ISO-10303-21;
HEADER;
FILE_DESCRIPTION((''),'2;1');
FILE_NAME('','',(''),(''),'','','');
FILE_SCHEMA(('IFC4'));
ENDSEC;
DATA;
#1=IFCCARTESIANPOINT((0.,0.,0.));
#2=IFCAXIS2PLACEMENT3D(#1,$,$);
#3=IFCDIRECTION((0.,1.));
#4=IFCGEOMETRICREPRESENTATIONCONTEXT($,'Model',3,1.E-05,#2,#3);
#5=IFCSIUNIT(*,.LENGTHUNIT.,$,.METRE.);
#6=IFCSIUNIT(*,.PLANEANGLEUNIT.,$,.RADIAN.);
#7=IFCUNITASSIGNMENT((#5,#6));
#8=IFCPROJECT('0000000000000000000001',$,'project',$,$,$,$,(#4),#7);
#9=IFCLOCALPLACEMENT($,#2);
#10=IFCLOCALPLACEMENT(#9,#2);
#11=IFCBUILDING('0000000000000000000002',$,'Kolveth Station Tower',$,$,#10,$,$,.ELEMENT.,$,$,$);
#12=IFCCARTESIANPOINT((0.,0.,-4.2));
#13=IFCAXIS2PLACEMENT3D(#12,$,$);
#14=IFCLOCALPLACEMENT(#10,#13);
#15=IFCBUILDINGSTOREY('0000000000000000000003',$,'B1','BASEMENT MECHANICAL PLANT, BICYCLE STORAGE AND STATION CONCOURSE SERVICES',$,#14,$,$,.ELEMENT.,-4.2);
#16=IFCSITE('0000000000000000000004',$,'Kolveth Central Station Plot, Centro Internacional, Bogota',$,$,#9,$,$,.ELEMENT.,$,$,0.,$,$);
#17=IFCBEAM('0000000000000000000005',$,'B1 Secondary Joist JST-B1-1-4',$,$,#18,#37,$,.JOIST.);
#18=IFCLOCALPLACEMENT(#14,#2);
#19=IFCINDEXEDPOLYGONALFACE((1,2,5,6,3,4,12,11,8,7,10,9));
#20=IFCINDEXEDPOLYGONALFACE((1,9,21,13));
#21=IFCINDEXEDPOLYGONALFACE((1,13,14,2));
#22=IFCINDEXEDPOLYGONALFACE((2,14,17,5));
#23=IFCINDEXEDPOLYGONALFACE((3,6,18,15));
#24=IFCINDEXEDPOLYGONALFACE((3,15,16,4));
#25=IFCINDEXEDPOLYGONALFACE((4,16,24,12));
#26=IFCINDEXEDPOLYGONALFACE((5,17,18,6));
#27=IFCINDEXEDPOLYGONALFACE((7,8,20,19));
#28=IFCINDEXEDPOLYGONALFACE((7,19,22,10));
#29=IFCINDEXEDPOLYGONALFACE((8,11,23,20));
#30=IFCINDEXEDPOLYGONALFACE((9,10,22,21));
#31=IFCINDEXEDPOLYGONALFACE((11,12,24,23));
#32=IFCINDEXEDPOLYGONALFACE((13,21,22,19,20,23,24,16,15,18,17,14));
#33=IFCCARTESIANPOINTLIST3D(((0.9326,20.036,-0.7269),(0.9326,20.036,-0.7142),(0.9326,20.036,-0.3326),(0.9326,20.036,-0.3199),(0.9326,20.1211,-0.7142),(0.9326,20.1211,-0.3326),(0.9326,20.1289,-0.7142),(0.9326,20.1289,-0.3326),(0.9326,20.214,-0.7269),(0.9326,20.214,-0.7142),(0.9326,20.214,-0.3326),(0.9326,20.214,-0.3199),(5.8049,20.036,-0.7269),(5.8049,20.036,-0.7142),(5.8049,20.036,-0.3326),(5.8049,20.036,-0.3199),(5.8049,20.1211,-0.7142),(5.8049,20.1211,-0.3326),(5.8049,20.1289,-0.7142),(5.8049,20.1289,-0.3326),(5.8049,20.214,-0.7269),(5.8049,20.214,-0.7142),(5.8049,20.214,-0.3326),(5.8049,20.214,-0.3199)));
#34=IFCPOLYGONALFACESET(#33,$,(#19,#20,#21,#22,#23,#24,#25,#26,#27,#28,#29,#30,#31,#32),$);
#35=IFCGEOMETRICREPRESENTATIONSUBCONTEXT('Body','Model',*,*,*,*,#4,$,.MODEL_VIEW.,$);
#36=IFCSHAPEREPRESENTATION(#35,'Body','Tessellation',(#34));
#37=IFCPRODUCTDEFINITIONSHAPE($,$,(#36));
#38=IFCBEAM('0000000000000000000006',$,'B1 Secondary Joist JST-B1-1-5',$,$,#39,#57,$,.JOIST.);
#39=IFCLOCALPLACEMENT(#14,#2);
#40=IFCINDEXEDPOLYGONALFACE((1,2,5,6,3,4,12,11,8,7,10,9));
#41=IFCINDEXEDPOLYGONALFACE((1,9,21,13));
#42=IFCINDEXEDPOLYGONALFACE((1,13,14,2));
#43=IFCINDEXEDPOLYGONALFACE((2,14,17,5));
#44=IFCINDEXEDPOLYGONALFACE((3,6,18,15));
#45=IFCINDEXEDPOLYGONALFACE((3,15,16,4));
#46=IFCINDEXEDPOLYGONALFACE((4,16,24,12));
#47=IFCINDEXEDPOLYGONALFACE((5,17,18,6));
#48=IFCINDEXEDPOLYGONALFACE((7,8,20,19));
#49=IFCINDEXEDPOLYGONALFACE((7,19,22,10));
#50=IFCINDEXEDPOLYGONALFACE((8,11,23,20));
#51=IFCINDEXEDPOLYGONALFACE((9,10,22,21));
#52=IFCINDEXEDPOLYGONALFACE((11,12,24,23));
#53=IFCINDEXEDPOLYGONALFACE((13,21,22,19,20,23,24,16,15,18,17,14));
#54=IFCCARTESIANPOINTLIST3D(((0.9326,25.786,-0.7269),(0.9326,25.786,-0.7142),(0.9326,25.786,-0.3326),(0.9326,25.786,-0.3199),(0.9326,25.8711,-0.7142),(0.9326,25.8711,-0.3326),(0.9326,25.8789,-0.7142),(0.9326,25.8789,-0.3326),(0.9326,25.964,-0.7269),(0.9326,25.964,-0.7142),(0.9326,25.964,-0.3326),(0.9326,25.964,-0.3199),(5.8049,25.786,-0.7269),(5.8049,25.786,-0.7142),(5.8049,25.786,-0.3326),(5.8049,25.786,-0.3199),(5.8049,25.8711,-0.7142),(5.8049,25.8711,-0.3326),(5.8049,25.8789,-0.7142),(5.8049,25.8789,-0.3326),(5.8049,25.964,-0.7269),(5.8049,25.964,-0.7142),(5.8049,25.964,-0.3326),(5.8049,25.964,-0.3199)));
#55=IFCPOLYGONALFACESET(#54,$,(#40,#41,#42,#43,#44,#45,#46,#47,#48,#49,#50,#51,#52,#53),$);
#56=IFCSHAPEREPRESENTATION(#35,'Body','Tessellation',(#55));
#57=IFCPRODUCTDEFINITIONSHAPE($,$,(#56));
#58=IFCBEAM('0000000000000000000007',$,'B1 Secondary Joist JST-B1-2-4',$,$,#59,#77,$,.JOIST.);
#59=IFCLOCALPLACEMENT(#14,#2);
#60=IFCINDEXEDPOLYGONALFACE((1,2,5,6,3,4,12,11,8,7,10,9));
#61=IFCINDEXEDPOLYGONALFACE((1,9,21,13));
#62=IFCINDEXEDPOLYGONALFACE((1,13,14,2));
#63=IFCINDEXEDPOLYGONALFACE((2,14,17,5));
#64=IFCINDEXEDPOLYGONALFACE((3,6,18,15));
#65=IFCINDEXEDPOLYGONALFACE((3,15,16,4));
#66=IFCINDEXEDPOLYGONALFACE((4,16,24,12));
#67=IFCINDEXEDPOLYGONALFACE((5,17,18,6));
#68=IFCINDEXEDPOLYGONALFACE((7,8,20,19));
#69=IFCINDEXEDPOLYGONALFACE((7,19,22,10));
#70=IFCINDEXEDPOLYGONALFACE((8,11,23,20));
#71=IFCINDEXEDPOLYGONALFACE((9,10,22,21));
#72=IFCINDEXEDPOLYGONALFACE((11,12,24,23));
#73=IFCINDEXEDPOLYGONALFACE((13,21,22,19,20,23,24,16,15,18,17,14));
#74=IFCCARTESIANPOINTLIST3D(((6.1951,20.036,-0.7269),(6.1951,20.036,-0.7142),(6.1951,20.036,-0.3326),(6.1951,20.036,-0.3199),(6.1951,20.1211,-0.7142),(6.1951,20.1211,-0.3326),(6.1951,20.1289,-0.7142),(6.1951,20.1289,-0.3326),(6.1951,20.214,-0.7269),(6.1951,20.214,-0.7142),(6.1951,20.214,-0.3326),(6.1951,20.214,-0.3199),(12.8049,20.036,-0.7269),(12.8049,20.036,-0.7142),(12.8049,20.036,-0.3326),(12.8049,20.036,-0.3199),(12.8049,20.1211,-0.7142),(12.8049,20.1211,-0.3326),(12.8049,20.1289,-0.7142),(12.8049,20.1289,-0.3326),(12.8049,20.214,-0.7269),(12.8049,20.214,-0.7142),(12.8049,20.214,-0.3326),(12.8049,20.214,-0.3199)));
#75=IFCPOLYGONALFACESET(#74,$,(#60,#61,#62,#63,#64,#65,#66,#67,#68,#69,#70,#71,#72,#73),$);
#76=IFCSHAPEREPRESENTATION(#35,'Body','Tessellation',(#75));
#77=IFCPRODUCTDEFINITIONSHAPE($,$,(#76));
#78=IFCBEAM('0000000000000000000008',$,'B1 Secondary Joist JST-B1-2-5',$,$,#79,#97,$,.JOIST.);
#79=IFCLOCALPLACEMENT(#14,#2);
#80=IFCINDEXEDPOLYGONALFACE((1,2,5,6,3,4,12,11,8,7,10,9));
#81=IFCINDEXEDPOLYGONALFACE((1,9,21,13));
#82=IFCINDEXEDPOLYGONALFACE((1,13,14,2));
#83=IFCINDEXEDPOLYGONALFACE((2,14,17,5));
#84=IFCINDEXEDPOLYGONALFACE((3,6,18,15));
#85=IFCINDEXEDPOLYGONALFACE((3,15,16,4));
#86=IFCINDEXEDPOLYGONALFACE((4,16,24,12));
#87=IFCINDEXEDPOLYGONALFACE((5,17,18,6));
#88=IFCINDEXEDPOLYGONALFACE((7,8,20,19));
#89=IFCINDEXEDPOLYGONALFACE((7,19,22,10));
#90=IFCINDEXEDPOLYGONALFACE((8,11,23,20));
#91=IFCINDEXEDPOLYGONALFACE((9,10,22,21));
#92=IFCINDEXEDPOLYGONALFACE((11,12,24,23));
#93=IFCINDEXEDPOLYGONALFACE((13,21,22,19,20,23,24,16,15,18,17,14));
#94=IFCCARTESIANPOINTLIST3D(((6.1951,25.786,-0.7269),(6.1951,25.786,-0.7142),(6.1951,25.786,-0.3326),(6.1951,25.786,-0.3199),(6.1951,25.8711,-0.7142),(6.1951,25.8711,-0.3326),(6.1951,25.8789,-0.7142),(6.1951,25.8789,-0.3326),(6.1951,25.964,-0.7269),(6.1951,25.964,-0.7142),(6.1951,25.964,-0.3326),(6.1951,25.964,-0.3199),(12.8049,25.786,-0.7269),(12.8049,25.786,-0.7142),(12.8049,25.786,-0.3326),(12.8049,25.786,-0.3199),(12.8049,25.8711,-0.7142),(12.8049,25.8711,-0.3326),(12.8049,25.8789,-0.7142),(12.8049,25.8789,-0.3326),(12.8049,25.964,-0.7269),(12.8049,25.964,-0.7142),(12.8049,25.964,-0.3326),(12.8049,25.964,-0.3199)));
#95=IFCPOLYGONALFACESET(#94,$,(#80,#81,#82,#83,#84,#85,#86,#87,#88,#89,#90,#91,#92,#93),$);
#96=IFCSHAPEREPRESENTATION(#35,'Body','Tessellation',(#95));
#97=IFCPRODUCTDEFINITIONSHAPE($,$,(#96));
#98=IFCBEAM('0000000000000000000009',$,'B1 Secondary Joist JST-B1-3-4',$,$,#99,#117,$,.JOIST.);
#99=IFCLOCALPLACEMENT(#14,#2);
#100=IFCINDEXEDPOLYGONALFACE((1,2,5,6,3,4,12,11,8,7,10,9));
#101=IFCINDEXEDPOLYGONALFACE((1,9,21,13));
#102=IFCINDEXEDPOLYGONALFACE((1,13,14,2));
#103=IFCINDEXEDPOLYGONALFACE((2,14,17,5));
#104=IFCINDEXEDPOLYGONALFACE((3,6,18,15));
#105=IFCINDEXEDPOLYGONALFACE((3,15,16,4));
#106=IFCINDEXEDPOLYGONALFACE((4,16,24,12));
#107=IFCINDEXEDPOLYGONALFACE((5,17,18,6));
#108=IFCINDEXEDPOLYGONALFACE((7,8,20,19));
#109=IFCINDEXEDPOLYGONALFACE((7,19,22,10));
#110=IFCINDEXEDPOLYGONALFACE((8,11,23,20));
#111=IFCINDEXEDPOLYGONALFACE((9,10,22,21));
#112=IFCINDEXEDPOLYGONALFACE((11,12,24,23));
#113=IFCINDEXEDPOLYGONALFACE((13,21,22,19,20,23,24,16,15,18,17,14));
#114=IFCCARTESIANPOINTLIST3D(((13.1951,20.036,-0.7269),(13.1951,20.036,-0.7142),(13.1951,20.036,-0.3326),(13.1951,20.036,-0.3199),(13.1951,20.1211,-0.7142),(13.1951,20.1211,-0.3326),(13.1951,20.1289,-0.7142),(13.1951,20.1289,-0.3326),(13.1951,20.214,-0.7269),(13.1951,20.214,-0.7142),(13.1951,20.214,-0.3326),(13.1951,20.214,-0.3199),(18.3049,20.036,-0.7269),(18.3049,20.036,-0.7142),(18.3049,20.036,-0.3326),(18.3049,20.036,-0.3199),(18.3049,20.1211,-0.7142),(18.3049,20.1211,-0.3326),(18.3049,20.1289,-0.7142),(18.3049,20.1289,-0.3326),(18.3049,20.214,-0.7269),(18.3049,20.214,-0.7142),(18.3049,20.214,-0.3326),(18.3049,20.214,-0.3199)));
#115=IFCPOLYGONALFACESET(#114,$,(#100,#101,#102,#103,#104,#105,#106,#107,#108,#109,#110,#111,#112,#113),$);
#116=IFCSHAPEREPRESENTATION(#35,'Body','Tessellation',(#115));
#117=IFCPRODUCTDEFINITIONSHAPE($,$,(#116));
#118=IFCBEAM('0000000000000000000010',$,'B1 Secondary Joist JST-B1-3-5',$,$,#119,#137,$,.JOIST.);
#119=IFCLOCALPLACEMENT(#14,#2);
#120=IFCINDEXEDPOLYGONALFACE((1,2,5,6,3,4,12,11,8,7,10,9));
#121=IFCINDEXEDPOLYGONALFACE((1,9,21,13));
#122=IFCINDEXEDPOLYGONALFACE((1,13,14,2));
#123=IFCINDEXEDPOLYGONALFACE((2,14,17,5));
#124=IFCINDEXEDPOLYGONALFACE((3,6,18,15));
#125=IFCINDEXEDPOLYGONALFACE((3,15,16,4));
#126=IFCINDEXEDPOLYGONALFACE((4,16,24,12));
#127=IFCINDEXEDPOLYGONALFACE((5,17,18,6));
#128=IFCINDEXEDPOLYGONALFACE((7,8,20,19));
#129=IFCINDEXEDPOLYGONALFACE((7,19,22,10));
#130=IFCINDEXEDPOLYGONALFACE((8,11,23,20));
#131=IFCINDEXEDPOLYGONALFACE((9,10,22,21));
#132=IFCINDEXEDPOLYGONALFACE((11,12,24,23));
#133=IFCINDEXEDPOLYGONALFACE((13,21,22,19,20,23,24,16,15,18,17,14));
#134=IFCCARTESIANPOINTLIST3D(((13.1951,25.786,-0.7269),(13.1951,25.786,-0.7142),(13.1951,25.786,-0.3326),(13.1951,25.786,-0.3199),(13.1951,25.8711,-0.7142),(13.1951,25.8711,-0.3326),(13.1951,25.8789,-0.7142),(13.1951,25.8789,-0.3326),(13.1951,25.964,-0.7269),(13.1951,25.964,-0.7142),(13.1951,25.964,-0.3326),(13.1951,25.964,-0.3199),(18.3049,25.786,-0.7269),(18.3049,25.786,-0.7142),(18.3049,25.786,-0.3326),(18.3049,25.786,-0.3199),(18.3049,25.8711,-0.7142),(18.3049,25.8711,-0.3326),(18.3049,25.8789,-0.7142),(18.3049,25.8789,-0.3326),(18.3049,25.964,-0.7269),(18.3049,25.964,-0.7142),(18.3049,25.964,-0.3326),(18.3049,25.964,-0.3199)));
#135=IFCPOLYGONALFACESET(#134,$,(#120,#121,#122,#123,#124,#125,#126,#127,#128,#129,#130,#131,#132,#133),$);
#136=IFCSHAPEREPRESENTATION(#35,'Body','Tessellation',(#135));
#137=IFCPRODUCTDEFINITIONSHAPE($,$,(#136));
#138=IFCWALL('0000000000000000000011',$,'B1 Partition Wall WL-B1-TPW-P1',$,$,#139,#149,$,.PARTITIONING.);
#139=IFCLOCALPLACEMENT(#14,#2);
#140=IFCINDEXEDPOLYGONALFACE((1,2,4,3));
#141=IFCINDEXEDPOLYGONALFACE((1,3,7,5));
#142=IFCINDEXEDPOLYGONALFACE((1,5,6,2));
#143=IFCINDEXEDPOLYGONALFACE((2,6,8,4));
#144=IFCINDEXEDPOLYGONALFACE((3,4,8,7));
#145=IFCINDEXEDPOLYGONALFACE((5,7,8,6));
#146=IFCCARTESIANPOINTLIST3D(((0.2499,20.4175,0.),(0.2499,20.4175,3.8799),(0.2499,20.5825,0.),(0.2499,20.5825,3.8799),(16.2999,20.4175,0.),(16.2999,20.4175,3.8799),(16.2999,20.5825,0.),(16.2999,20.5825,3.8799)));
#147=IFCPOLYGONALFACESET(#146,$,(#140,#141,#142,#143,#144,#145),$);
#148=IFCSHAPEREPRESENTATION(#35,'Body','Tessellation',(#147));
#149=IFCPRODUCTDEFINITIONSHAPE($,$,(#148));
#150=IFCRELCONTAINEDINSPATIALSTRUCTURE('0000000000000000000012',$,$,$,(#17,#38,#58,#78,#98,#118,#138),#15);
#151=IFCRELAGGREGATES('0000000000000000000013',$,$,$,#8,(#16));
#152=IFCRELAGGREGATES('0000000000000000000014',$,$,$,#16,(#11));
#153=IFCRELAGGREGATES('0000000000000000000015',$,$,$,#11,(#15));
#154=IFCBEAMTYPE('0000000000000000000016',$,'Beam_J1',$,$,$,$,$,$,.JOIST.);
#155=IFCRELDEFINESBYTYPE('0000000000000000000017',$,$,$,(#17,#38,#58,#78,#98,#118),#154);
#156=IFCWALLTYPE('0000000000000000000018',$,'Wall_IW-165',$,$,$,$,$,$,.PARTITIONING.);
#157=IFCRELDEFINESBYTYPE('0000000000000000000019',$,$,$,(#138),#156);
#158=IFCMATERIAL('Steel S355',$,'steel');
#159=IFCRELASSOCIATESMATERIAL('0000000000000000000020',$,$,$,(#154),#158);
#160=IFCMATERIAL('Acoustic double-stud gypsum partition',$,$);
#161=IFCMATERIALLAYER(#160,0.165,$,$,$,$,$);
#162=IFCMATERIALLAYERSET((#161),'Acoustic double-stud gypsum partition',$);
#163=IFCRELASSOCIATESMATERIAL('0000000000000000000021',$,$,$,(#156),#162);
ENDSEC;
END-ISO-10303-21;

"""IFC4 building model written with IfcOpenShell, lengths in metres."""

from ifc_helpers import new_model, si_unit, direction, frame, frame_2d, origin, origin_2d, place, context, subcontext, project, spatial, rectangle, i_section, extrude, source, transform, mapped, material, layer, layer_set, material_profile, profile_set, type_object, element, save


model = new_model("IFC4")

# Units and contexts
model_context = context("Model", 3, precision=1e-05, world=origin(), true_north=direction((0.0, 1.0)))
body_context = subcontext(model_context, "Body", "Model", "MODEL_VIEW")
ifc_project = project(units=[si_unit("LENGTHUNIT", "METRE"), si_unit("PLANEANGLEUNIT", "RADIAN")], contexts=[model_context])

# Site, building, storey
site_placement = place(None, origin())
site = spatial("IfcSite", under=ifc_project, at=site_placement, Name="Kolveth Central Station Plot, Centro Internacional, Bogota", CompositionType="ELEMENT", RefElevation=0.0)
building_placement = place(site_placement, origin())
building = spatial("IfcBuilding", under=site, at=building_placement, Name="Kolveth Station Tower", CompositionType="ELEMENT")
storey_placement = place(building_placement, frame((0.0, 0.0, -4.2)))
storey = spatial("IfcBuildingStorey", under=building, at=storey_placement, Name="B1", Description="BASEMENT MECHANICAL PLANT, BICYCLE STORAGE AND STATION CONCOURSE SERVICES", CompositionType="ELEMENT", Elevation=-4.2)

# Beams
ifc_material_1 = material(Name="Steel S355", Category="steel")
ifc_material_profile_1 = material_profile(ifc_material_1, i_section(OverallWidth=0.178, OverallDepth=0.407, WebThickness=0.0078, FlangeThickness=0.0127, at=origin_2d()), Name="W410x60")
ifc_profile_set_1 = profile_set([ifc_material_profile_1], Name="Steel S355")
beam_type_1 = type_object("IfcBeamType", Name="Beam_J1", PredefinedType="JOIST", material=ifc_profile_set_1)
shared_shape_1 = source(origin(), body_context, "Body", "SweptSolid", [
    extrude(i_section(OverallWidth=0.178, OverallDepth=0.407, WebThickness=0.0078, FlangeThickness=0.0127, at=origin_2d()), origin(), (0.0, 0.0, 1.0), 4.8723),
])
for number, where, z_axis, x_axis, name in (
    (1, (0.9326, 20.125, -0.5234), (1.0, 0.0, 0.0), (0.0, 1.0, 0.0), "B1 Secondary Joist JST-B1-1-4"),
    (2, (0.9326, 25.875, -0.5234), (1.0, 0.0, 0.0), (0.0, 1.0, 0.0), "B1 Secondary Joist JST-B1-1-5"),
):
    element("IfcBeam", number, at=place(storey_placement, frame(where, z_axis=z_axis, x_axis=x_axis)), inside=storey, type_object=beam_type_1, Name=name, PredefinedType="JOIST", context=body_context, shape_type="MappedRepresentation", body=[
        mapped(shared_shape_1, transform((0.0, 0.0, 0.0), x_axis=(1.0, 0.0, 0.0), y_axis=(0.0, 1.0, 0.0), z_axis=(0.0, 0.0, 1.0), scale=1.0)),
    ])
shared_shape_2 = source(origin(), body_context, "Body", "SweptSolid", [
    extrude(i_section(OverallWidth=0.178, OverallDepth=0.407, WebThickness=0.0078, FlangeThickness=0.0127, at=origin_2d()), origin(), (0.0, 0.0, 1.0), 6.6099),
])
for number, where, z_axis, x_axis, name in (
    (3, (6.1951, 20.125, -0.5234), (1.0, 0.0, 0.0), (0.0, 1.0, 0.0), "B1 Secondary Joist JST-B1-2-4"),
    (4, (6.1951, 25.875, -0.5234), (1.0, 0.0, 0.0), (0.0, 1.0, 0.0), "B1 Secondary Joist JST-B1-2-5"),
):
    element("IfcBeam", number, at=place(storey_placement, frame(where, z_axis=z_axis, x_axis=x_axis)), inside=storey, type_object=beam_type_1, Name=name, PredefinedType="JOIST", context=body_context, shape_type="MappedRepresentation", body=[
        mapped(shared_shape_2, transform((0.0, 0.0, 0.0), x_axis=(1.0, 0.0, 0.0), y_axis=(0.0, 1.0, 0.0), z_axis=(0.0, 0.0, 1.0), scale=1.0)),
    ])
shared_shape_3 = source(origin(), body_context, "Body", "SweptSolid", [
    extrude(i_section(OverallWidth=0.178, OverallDepth=0.407, WebThickness=0.0078, FlangeThickness=0.0127, at=origin_2d()), origin(), (0.0, 0.0, 1.0), 5.1099),
])
for number, where, z_axis, x_axis, name in (
    (5, (13.1951, 20.125, -0.5234), (1.0, 0.0, 0.0), (0.0, 1.0, 0.0), "B1 Secondary Joist JST-B1-3-4"),
    (6, (13.1951, 25.875, -0.5234), (1.0, 0.0, 0.0), (0.0, 1.0, 0.0), "B1 Secondary Joist JST-B1-3-5"),
):
    element("IfcBeam", number, at=place(storey_placement, frame(where, z_axis=z_axis, x_axis=x_axis)), inside=storey, type_object=beam_type_1, Name=name, PredefinedType="JOIST", context=body_context, shape_type="MappedRepresentation", body=[
        mapped(shared_shape_3, transform((0.0, 0.0, 0.0), x_axis=(1.0, 0.0, 0.0), y_axis=(0.0, 1.0, 0.0), z_axis=(0.0, 0.0, 1.0), scale=1.0)),
    ])

# Wall
ifc_material_2 = material(Name="Acoustic double-stud gypsum partition")
ifc_layer = layer(ifc_material_2, 0.165)
ifc_layer_set = layer_set([ifc_layer], Name="Acoustic double-stud gypsum partition")
wall_type = type_object("IfcWallType", Name="Wall_IW-165", PredefinedType="PARTITIONING", material=ifc_layer_set)
wall_placement = place(storey_placement, frame((0.25, 20.5, 0.0), z_axis=(0.0, 0.0, 1.0), x_axis=(1.0, 0.0, 0.0)))
element("IfcWall", 7, at=wall_placement, inside=storey, type_object=wall_type, Name="B1 Partition Wall WL-B1-TPW-P1", PredefinedType="PARTITIONING", context=body_context, shape_type="SweptSolid", body=[
    extrude(rectangle(XDim=16.05, YDim=0.165, at=frame_2d((8.0249, 0.0))), origin(), (0.0, 0.0, 1.0), 3.8799),
])

save(model, "model.ifc")
